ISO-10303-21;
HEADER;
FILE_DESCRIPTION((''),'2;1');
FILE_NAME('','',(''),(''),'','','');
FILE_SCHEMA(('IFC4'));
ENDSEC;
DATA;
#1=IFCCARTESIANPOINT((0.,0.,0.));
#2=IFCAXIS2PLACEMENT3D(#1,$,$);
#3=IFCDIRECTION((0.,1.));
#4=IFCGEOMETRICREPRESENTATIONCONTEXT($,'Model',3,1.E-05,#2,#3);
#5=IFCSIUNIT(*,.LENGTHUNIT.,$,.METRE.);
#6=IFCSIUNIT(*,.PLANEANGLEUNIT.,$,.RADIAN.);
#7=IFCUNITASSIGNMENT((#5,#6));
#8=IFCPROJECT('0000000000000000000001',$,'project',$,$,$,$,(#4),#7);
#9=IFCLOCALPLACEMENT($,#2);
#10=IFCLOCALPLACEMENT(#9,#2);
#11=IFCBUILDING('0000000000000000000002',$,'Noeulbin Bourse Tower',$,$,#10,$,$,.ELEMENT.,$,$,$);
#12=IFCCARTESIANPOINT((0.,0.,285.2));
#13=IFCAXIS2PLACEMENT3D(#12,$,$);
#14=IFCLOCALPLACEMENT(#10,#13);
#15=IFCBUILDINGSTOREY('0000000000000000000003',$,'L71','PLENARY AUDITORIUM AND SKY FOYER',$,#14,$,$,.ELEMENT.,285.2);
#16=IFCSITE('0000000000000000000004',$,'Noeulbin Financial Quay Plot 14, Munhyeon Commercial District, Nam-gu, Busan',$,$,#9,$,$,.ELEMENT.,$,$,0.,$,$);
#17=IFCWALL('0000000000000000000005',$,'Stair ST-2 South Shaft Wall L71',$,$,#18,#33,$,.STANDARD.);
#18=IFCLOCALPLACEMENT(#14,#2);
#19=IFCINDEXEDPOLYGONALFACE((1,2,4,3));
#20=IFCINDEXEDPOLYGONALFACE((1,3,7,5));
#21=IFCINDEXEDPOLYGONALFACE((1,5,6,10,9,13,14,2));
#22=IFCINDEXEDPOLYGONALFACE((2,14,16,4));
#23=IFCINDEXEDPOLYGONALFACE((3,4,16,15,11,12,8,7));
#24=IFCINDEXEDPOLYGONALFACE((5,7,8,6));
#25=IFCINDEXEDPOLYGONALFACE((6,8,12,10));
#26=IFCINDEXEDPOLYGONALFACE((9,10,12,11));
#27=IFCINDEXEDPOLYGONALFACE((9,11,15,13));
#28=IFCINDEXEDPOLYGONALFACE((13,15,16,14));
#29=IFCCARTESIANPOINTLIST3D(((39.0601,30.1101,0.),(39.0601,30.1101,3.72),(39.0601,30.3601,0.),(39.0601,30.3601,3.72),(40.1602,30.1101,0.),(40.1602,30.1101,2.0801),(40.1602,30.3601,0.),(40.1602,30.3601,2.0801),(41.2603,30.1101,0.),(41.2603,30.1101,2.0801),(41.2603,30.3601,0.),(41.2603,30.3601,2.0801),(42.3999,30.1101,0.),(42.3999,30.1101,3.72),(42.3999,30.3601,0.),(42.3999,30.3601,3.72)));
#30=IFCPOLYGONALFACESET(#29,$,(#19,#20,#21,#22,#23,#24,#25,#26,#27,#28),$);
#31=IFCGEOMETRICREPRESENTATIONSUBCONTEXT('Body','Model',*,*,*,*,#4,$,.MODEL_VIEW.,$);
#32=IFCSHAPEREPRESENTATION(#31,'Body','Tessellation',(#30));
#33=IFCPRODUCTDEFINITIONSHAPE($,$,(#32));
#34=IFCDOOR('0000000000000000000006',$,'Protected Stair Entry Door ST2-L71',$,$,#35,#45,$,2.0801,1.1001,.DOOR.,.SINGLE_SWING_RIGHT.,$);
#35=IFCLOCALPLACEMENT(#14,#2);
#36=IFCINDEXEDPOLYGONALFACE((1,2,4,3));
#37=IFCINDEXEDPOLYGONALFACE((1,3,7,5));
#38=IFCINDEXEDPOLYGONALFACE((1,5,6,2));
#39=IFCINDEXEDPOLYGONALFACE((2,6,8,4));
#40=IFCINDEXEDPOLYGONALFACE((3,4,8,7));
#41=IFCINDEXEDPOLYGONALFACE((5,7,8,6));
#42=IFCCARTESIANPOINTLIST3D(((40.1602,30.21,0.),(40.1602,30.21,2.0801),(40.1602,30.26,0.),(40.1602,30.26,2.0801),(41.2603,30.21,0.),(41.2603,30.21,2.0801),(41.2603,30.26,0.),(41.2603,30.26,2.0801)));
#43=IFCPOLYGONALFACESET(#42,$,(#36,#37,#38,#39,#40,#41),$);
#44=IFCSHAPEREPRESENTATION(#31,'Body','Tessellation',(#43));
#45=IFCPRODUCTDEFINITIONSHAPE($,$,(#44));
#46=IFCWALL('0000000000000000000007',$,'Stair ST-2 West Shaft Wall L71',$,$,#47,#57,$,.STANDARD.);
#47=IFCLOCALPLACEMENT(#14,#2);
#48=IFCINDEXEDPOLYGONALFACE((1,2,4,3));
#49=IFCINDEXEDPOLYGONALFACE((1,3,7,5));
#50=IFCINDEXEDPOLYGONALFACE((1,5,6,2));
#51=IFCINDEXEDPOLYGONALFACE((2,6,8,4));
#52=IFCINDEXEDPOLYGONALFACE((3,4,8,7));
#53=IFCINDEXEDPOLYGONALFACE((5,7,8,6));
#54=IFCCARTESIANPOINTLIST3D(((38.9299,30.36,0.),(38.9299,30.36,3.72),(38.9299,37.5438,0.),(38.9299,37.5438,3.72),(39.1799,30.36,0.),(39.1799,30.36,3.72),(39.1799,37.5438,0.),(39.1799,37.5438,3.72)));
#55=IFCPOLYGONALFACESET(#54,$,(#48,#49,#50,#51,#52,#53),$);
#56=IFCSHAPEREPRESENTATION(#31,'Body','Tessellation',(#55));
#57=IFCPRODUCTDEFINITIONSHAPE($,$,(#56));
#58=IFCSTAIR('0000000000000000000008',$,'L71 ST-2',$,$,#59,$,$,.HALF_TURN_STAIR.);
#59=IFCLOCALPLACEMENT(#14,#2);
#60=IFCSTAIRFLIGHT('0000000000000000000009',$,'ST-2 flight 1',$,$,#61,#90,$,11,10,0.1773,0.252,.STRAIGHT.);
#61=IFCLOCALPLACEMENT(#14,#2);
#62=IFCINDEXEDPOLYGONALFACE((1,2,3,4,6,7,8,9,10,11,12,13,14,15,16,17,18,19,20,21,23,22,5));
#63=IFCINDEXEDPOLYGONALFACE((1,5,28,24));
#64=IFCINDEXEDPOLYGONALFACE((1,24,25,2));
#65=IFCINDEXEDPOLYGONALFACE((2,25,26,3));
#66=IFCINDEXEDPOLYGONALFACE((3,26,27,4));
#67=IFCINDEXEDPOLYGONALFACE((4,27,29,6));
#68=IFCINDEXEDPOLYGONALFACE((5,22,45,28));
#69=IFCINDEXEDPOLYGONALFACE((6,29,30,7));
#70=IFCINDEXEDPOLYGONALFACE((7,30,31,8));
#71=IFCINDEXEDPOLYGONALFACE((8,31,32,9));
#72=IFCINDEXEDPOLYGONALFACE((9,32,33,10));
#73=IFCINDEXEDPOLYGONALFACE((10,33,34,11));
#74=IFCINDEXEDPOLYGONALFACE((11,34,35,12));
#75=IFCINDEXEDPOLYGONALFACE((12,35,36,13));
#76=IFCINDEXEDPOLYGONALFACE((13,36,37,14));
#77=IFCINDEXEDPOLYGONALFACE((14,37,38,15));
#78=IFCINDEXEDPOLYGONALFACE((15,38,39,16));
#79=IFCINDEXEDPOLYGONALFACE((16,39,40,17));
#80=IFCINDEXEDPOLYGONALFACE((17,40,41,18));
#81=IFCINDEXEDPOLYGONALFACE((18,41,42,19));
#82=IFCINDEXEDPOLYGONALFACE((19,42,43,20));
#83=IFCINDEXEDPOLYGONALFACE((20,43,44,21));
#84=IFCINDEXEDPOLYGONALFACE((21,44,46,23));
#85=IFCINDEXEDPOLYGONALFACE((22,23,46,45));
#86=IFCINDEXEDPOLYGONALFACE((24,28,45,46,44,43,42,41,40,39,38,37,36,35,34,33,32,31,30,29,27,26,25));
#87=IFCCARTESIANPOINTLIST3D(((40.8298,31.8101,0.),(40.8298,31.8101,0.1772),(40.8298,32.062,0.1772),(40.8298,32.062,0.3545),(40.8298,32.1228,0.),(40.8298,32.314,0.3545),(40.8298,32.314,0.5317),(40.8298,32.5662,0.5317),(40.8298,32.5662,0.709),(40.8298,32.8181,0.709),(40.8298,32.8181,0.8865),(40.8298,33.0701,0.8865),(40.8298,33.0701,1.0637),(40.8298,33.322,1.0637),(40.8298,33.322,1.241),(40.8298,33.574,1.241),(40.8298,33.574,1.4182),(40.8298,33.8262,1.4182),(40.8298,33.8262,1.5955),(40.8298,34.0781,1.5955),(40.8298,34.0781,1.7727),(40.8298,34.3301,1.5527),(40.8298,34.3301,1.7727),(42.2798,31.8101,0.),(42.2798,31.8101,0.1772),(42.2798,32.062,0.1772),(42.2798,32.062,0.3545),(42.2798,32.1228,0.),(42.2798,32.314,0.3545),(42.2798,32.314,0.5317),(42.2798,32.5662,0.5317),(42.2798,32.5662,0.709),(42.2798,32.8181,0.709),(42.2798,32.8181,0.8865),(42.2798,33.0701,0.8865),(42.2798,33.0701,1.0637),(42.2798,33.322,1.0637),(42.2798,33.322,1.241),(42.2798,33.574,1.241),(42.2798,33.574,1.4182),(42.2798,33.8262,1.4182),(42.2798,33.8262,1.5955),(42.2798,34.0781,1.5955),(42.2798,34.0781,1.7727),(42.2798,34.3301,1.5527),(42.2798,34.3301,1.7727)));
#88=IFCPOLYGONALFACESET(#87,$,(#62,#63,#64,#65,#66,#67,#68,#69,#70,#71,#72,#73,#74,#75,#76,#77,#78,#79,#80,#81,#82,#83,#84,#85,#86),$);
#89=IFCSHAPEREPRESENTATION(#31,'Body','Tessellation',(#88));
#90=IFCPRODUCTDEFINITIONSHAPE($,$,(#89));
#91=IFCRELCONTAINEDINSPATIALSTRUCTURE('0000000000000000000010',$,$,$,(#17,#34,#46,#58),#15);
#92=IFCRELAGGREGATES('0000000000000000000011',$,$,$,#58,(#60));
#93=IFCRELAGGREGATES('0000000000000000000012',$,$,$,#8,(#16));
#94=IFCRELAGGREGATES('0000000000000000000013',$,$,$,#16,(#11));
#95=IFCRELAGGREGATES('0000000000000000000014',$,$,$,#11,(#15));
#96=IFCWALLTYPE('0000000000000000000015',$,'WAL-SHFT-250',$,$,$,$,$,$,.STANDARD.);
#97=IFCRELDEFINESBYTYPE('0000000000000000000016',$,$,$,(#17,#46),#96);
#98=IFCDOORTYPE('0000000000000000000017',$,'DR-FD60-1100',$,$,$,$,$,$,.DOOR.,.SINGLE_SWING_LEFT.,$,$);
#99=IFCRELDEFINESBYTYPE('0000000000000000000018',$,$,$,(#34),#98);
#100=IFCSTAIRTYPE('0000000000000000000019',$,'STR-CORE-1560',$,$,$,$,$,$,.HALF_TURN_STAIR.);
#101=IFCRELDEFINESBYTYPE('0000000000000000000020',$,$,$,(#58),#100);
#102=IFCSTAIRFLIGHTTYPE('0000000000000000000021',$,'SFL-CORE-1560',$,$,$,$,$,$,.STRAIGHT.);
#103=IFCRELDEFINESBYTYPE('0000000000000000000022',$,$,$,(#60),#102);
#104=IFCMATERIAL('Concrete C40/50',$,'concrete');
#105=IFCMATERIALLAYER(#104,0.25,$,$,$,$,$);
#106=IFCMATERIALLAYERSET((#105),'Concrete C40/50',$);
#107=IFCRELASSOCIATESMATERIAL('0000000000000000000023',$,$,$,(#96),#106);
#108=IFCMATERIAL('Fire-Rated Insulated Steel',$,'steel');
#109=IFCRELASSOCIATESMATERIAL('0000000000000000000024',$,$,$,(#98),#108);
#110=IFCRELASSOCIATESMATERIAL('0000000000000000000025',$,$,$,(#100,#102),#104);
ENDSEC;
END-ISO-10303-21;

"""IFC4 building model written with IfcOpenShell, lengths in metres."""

from ifc_helpers import new_model, si_unit, direction, frame, frame_2d, origin, place, context, subcontext, project, spatial, polyline, rectangle, outline, extrude, material, layer, layer_set, type_object, element, fill, aggregate, save


model = new_model("IFC4")

# Units and contexts
model_context = context("Model", 3, precision=1e-05, world=origin(), true_north=direction((0.0, 1.0)))
body_context = subcontext(model_context, "Body", "Model", "MODEL_VIEW")
ifc_project = project(units=[si_unit("LENGTHUNIT", "METRE"), si_unit("PLANEANGLEUNIT", "RADIAN")], contexts=[model_context])

# Site, building, storey
site_placement = place(None, origin())
site = spatial("IfcSite", under=ifc_project, at=site_placement, Name="Noeulbin Financial Quay Plot 14, Munhyeon Commercial District, Nam-gu, Busan", CompositionType="ELEMENT", RefElevation=0.0)
building_placement = place(site_placement, origin())
building = spatial("IfcBuilding", under=site, at=building_placement, Name="Noeulbin Bourse Tower", CompositionType="ELEMENT")
storey_placement = place(building_placement, frame((0.0, 0.0, 285.2)))
storey = spatial("IfcBuildingStorey", under=building, at=storey_placement, Name="L71", Description="PLENARY AUDITORIUM AND SKY FOYER", CompositionType="ELEMENT", Elevation=285.2)

# Shared definitions
ifc_material_1 = material(Name="Concrete C40/50", Category="concrete")

# Wall, opening, door
ifc_layer_1 = layer(ifc_material_1, 0.25)
ifc_layer_set_1 = layer_set([ifc_layer_1], Name="Concrete C40/50")
wall_type_1 = type_object("IfcWallType", Name="WAL-SHFT-250", PredefinedType="STANDARD", material=ifc_layer_set_1)
wall_1_placement = place(storey_placement, frame((39.0601, 30.2351, 0.0), z_axis=(0.0, 0.0, 1.0), x_axis=(1.0, 0.0, 0.0)))
wall_1 = element("IfcWall", 1, at=wall_1_placement, inside=storey, type_object=wall_type_1, Name="Stair ST-2 South Shaft Wall L71", PredefinedType="STANDARD", context=body_context, shape_type="SweptSolid", body=[
    extrude(rectangle(XDim=3.3398, YDim=0.25, at=frame_2d((1.6699, 0.0))), origin(), (0.0, 0.0, 1.0), 3.72),
])
opening_placement = place(wall_1_placement, frame((1.1001, 0.0, 0.0)))
opening = element("IfcOpeningElement", 2, at=opening_placement, cuts=wall_1, PredefinedType="OPENING", context=body_context, shape_type="SweptSolid", body=[
    extrude(rectangle(XDim=1.1001, YDim=2.0801, at=frame_2d((0.55, 1.04))), frame((0.0, 0.135, 0.0), z_axis=(0.0, -1.0, 0.0), x_axis=(1.0, 0.0, 0.0)), (0.0, 0.0, 1.0), 0.27),
])
ifc_material_2 = material(Name="Fire-Rated Insulated Steel", Category="steel")
door_type = type_object("IfcDoorType", Name="DR-FD60-1100", OperationType="SINGLE_SWING_LEFT", PredefinedType="DOOR", material=ifc_material_2)
door_placement = place(opening_placement, origin())
door = element("IfcDoor", 3, at=door_placement, inside=storey, type_object=door_type, Name="Protected Stair Entry Door ST2-L71", OperationType="SINGLE_SWING_RIGHT", OverallHeight=2.0801, OverallWidth=1.1001, PredefinedType="DOOR", context=body_context, shape_type="SweptSolid", body=[
    extrude(rectangle(XDim=1.1001, YDim=2.0801, at=frame_2d((0.55, 1.04))), frame((0.0, 0.0249, 0.0), z_axis=(0.0, -1.0, 0.0), x_axis=(1.0, 0.0, 0.0)), (0.0, 0.0, 1.0), 0.05),
])
fill(opening, door)

# Wall
wall_2_placement = place(storey_placement, frame((39.0549, 30.3601, 0.0), z_axis=(0.0, 0.0, 1.0), x_axis=(0.0, 1.0, 0.0)))
element("IfcWall", 4, at=wall_2_placement, inside=storey, type_object=wall_type_1, Name="Stair ST-2 West Shaft Wall L71", PredefinedType="STANDARD", context=body_context, shape_type="SweptSolid", body=[
    extrude(rectangle(XDim=7.1838, YDim=0.25, at=frame_2d((3.5918, 0.0))), origin(), (0.0, 0.0, 1.0), 3.72),
])

# Stair, stair flight
stair_type = type_object("IfcStairType", Name="STR-CORE-1560", PredefinedType="HALF_TURN_STAIR", material=ifc_material_1)
stair_placement = place(storey_placement, origin())
stair = element("IfcStair", 5, at=stair_placement, inside=storey, type_object=stair_type, Name="L71 ST-2", PredefinedType="HALF_TURN_STAIR")
stair_flight_type = type_object("IfcStairFlightType", Name="SFL-CORE-1560", PredefinedType="STRAIGHT", material=ifc_material_1)
stair_flight_placement = place(storey_placement, frame((41.5549, 31.8101, 0.0), z_axis=(0.0, 0.0, 1.0), x_axis=(0.0, 1.0, 0.0)))
stair_flight = element("IfcStairFlight", 6, at=stair_flight_placement, type_object=stair_flight_type, Name="ST-2 flight 1", NumberOfRisers=11, NumberOfTreads=10, PredefinedType="STRAIGHT", RiserHeight=0.1773, TreadLength=0.252, context=body_context, shape_type="SweptSolid", body=[
    extrude(outline(polyline([(0.0, 0.0), (0.0, 0.1772), (0.252, 0.1772), (0.252, 0.3545), (0.5039, 0.3545), (0.5039, 0.5317), (0.7561, 0.5317), (0.7561, 0.709), (1.0081, 0.709), (1.0081, 0.8865), (1.26, 0.8865), (1.26, 1.0637), (1.512, 1.0637), (1.512, 1.241), (1.7639, 1.241), (1.7639, 1.4182), (2.0161, 1.4182), (2.0161, 1.5955), (2.2681, 1.5955), (2.2681, 1.7727), (2.52, 1.7727), (2.52, 1.95), (2.52, 1.5527), (0.3127, 0.0), (0.0, 0.0)])), frame((0.0, 0.7251, 0.0), z_axis=(0.0, -1.0, 0.0), x_axis=(1.0, 0.0, 0.0)), (0.0, 0.0, 1.0), 1.45),
])
aggregate(stair, [stair_flight])

save(model, "model.ifc")
